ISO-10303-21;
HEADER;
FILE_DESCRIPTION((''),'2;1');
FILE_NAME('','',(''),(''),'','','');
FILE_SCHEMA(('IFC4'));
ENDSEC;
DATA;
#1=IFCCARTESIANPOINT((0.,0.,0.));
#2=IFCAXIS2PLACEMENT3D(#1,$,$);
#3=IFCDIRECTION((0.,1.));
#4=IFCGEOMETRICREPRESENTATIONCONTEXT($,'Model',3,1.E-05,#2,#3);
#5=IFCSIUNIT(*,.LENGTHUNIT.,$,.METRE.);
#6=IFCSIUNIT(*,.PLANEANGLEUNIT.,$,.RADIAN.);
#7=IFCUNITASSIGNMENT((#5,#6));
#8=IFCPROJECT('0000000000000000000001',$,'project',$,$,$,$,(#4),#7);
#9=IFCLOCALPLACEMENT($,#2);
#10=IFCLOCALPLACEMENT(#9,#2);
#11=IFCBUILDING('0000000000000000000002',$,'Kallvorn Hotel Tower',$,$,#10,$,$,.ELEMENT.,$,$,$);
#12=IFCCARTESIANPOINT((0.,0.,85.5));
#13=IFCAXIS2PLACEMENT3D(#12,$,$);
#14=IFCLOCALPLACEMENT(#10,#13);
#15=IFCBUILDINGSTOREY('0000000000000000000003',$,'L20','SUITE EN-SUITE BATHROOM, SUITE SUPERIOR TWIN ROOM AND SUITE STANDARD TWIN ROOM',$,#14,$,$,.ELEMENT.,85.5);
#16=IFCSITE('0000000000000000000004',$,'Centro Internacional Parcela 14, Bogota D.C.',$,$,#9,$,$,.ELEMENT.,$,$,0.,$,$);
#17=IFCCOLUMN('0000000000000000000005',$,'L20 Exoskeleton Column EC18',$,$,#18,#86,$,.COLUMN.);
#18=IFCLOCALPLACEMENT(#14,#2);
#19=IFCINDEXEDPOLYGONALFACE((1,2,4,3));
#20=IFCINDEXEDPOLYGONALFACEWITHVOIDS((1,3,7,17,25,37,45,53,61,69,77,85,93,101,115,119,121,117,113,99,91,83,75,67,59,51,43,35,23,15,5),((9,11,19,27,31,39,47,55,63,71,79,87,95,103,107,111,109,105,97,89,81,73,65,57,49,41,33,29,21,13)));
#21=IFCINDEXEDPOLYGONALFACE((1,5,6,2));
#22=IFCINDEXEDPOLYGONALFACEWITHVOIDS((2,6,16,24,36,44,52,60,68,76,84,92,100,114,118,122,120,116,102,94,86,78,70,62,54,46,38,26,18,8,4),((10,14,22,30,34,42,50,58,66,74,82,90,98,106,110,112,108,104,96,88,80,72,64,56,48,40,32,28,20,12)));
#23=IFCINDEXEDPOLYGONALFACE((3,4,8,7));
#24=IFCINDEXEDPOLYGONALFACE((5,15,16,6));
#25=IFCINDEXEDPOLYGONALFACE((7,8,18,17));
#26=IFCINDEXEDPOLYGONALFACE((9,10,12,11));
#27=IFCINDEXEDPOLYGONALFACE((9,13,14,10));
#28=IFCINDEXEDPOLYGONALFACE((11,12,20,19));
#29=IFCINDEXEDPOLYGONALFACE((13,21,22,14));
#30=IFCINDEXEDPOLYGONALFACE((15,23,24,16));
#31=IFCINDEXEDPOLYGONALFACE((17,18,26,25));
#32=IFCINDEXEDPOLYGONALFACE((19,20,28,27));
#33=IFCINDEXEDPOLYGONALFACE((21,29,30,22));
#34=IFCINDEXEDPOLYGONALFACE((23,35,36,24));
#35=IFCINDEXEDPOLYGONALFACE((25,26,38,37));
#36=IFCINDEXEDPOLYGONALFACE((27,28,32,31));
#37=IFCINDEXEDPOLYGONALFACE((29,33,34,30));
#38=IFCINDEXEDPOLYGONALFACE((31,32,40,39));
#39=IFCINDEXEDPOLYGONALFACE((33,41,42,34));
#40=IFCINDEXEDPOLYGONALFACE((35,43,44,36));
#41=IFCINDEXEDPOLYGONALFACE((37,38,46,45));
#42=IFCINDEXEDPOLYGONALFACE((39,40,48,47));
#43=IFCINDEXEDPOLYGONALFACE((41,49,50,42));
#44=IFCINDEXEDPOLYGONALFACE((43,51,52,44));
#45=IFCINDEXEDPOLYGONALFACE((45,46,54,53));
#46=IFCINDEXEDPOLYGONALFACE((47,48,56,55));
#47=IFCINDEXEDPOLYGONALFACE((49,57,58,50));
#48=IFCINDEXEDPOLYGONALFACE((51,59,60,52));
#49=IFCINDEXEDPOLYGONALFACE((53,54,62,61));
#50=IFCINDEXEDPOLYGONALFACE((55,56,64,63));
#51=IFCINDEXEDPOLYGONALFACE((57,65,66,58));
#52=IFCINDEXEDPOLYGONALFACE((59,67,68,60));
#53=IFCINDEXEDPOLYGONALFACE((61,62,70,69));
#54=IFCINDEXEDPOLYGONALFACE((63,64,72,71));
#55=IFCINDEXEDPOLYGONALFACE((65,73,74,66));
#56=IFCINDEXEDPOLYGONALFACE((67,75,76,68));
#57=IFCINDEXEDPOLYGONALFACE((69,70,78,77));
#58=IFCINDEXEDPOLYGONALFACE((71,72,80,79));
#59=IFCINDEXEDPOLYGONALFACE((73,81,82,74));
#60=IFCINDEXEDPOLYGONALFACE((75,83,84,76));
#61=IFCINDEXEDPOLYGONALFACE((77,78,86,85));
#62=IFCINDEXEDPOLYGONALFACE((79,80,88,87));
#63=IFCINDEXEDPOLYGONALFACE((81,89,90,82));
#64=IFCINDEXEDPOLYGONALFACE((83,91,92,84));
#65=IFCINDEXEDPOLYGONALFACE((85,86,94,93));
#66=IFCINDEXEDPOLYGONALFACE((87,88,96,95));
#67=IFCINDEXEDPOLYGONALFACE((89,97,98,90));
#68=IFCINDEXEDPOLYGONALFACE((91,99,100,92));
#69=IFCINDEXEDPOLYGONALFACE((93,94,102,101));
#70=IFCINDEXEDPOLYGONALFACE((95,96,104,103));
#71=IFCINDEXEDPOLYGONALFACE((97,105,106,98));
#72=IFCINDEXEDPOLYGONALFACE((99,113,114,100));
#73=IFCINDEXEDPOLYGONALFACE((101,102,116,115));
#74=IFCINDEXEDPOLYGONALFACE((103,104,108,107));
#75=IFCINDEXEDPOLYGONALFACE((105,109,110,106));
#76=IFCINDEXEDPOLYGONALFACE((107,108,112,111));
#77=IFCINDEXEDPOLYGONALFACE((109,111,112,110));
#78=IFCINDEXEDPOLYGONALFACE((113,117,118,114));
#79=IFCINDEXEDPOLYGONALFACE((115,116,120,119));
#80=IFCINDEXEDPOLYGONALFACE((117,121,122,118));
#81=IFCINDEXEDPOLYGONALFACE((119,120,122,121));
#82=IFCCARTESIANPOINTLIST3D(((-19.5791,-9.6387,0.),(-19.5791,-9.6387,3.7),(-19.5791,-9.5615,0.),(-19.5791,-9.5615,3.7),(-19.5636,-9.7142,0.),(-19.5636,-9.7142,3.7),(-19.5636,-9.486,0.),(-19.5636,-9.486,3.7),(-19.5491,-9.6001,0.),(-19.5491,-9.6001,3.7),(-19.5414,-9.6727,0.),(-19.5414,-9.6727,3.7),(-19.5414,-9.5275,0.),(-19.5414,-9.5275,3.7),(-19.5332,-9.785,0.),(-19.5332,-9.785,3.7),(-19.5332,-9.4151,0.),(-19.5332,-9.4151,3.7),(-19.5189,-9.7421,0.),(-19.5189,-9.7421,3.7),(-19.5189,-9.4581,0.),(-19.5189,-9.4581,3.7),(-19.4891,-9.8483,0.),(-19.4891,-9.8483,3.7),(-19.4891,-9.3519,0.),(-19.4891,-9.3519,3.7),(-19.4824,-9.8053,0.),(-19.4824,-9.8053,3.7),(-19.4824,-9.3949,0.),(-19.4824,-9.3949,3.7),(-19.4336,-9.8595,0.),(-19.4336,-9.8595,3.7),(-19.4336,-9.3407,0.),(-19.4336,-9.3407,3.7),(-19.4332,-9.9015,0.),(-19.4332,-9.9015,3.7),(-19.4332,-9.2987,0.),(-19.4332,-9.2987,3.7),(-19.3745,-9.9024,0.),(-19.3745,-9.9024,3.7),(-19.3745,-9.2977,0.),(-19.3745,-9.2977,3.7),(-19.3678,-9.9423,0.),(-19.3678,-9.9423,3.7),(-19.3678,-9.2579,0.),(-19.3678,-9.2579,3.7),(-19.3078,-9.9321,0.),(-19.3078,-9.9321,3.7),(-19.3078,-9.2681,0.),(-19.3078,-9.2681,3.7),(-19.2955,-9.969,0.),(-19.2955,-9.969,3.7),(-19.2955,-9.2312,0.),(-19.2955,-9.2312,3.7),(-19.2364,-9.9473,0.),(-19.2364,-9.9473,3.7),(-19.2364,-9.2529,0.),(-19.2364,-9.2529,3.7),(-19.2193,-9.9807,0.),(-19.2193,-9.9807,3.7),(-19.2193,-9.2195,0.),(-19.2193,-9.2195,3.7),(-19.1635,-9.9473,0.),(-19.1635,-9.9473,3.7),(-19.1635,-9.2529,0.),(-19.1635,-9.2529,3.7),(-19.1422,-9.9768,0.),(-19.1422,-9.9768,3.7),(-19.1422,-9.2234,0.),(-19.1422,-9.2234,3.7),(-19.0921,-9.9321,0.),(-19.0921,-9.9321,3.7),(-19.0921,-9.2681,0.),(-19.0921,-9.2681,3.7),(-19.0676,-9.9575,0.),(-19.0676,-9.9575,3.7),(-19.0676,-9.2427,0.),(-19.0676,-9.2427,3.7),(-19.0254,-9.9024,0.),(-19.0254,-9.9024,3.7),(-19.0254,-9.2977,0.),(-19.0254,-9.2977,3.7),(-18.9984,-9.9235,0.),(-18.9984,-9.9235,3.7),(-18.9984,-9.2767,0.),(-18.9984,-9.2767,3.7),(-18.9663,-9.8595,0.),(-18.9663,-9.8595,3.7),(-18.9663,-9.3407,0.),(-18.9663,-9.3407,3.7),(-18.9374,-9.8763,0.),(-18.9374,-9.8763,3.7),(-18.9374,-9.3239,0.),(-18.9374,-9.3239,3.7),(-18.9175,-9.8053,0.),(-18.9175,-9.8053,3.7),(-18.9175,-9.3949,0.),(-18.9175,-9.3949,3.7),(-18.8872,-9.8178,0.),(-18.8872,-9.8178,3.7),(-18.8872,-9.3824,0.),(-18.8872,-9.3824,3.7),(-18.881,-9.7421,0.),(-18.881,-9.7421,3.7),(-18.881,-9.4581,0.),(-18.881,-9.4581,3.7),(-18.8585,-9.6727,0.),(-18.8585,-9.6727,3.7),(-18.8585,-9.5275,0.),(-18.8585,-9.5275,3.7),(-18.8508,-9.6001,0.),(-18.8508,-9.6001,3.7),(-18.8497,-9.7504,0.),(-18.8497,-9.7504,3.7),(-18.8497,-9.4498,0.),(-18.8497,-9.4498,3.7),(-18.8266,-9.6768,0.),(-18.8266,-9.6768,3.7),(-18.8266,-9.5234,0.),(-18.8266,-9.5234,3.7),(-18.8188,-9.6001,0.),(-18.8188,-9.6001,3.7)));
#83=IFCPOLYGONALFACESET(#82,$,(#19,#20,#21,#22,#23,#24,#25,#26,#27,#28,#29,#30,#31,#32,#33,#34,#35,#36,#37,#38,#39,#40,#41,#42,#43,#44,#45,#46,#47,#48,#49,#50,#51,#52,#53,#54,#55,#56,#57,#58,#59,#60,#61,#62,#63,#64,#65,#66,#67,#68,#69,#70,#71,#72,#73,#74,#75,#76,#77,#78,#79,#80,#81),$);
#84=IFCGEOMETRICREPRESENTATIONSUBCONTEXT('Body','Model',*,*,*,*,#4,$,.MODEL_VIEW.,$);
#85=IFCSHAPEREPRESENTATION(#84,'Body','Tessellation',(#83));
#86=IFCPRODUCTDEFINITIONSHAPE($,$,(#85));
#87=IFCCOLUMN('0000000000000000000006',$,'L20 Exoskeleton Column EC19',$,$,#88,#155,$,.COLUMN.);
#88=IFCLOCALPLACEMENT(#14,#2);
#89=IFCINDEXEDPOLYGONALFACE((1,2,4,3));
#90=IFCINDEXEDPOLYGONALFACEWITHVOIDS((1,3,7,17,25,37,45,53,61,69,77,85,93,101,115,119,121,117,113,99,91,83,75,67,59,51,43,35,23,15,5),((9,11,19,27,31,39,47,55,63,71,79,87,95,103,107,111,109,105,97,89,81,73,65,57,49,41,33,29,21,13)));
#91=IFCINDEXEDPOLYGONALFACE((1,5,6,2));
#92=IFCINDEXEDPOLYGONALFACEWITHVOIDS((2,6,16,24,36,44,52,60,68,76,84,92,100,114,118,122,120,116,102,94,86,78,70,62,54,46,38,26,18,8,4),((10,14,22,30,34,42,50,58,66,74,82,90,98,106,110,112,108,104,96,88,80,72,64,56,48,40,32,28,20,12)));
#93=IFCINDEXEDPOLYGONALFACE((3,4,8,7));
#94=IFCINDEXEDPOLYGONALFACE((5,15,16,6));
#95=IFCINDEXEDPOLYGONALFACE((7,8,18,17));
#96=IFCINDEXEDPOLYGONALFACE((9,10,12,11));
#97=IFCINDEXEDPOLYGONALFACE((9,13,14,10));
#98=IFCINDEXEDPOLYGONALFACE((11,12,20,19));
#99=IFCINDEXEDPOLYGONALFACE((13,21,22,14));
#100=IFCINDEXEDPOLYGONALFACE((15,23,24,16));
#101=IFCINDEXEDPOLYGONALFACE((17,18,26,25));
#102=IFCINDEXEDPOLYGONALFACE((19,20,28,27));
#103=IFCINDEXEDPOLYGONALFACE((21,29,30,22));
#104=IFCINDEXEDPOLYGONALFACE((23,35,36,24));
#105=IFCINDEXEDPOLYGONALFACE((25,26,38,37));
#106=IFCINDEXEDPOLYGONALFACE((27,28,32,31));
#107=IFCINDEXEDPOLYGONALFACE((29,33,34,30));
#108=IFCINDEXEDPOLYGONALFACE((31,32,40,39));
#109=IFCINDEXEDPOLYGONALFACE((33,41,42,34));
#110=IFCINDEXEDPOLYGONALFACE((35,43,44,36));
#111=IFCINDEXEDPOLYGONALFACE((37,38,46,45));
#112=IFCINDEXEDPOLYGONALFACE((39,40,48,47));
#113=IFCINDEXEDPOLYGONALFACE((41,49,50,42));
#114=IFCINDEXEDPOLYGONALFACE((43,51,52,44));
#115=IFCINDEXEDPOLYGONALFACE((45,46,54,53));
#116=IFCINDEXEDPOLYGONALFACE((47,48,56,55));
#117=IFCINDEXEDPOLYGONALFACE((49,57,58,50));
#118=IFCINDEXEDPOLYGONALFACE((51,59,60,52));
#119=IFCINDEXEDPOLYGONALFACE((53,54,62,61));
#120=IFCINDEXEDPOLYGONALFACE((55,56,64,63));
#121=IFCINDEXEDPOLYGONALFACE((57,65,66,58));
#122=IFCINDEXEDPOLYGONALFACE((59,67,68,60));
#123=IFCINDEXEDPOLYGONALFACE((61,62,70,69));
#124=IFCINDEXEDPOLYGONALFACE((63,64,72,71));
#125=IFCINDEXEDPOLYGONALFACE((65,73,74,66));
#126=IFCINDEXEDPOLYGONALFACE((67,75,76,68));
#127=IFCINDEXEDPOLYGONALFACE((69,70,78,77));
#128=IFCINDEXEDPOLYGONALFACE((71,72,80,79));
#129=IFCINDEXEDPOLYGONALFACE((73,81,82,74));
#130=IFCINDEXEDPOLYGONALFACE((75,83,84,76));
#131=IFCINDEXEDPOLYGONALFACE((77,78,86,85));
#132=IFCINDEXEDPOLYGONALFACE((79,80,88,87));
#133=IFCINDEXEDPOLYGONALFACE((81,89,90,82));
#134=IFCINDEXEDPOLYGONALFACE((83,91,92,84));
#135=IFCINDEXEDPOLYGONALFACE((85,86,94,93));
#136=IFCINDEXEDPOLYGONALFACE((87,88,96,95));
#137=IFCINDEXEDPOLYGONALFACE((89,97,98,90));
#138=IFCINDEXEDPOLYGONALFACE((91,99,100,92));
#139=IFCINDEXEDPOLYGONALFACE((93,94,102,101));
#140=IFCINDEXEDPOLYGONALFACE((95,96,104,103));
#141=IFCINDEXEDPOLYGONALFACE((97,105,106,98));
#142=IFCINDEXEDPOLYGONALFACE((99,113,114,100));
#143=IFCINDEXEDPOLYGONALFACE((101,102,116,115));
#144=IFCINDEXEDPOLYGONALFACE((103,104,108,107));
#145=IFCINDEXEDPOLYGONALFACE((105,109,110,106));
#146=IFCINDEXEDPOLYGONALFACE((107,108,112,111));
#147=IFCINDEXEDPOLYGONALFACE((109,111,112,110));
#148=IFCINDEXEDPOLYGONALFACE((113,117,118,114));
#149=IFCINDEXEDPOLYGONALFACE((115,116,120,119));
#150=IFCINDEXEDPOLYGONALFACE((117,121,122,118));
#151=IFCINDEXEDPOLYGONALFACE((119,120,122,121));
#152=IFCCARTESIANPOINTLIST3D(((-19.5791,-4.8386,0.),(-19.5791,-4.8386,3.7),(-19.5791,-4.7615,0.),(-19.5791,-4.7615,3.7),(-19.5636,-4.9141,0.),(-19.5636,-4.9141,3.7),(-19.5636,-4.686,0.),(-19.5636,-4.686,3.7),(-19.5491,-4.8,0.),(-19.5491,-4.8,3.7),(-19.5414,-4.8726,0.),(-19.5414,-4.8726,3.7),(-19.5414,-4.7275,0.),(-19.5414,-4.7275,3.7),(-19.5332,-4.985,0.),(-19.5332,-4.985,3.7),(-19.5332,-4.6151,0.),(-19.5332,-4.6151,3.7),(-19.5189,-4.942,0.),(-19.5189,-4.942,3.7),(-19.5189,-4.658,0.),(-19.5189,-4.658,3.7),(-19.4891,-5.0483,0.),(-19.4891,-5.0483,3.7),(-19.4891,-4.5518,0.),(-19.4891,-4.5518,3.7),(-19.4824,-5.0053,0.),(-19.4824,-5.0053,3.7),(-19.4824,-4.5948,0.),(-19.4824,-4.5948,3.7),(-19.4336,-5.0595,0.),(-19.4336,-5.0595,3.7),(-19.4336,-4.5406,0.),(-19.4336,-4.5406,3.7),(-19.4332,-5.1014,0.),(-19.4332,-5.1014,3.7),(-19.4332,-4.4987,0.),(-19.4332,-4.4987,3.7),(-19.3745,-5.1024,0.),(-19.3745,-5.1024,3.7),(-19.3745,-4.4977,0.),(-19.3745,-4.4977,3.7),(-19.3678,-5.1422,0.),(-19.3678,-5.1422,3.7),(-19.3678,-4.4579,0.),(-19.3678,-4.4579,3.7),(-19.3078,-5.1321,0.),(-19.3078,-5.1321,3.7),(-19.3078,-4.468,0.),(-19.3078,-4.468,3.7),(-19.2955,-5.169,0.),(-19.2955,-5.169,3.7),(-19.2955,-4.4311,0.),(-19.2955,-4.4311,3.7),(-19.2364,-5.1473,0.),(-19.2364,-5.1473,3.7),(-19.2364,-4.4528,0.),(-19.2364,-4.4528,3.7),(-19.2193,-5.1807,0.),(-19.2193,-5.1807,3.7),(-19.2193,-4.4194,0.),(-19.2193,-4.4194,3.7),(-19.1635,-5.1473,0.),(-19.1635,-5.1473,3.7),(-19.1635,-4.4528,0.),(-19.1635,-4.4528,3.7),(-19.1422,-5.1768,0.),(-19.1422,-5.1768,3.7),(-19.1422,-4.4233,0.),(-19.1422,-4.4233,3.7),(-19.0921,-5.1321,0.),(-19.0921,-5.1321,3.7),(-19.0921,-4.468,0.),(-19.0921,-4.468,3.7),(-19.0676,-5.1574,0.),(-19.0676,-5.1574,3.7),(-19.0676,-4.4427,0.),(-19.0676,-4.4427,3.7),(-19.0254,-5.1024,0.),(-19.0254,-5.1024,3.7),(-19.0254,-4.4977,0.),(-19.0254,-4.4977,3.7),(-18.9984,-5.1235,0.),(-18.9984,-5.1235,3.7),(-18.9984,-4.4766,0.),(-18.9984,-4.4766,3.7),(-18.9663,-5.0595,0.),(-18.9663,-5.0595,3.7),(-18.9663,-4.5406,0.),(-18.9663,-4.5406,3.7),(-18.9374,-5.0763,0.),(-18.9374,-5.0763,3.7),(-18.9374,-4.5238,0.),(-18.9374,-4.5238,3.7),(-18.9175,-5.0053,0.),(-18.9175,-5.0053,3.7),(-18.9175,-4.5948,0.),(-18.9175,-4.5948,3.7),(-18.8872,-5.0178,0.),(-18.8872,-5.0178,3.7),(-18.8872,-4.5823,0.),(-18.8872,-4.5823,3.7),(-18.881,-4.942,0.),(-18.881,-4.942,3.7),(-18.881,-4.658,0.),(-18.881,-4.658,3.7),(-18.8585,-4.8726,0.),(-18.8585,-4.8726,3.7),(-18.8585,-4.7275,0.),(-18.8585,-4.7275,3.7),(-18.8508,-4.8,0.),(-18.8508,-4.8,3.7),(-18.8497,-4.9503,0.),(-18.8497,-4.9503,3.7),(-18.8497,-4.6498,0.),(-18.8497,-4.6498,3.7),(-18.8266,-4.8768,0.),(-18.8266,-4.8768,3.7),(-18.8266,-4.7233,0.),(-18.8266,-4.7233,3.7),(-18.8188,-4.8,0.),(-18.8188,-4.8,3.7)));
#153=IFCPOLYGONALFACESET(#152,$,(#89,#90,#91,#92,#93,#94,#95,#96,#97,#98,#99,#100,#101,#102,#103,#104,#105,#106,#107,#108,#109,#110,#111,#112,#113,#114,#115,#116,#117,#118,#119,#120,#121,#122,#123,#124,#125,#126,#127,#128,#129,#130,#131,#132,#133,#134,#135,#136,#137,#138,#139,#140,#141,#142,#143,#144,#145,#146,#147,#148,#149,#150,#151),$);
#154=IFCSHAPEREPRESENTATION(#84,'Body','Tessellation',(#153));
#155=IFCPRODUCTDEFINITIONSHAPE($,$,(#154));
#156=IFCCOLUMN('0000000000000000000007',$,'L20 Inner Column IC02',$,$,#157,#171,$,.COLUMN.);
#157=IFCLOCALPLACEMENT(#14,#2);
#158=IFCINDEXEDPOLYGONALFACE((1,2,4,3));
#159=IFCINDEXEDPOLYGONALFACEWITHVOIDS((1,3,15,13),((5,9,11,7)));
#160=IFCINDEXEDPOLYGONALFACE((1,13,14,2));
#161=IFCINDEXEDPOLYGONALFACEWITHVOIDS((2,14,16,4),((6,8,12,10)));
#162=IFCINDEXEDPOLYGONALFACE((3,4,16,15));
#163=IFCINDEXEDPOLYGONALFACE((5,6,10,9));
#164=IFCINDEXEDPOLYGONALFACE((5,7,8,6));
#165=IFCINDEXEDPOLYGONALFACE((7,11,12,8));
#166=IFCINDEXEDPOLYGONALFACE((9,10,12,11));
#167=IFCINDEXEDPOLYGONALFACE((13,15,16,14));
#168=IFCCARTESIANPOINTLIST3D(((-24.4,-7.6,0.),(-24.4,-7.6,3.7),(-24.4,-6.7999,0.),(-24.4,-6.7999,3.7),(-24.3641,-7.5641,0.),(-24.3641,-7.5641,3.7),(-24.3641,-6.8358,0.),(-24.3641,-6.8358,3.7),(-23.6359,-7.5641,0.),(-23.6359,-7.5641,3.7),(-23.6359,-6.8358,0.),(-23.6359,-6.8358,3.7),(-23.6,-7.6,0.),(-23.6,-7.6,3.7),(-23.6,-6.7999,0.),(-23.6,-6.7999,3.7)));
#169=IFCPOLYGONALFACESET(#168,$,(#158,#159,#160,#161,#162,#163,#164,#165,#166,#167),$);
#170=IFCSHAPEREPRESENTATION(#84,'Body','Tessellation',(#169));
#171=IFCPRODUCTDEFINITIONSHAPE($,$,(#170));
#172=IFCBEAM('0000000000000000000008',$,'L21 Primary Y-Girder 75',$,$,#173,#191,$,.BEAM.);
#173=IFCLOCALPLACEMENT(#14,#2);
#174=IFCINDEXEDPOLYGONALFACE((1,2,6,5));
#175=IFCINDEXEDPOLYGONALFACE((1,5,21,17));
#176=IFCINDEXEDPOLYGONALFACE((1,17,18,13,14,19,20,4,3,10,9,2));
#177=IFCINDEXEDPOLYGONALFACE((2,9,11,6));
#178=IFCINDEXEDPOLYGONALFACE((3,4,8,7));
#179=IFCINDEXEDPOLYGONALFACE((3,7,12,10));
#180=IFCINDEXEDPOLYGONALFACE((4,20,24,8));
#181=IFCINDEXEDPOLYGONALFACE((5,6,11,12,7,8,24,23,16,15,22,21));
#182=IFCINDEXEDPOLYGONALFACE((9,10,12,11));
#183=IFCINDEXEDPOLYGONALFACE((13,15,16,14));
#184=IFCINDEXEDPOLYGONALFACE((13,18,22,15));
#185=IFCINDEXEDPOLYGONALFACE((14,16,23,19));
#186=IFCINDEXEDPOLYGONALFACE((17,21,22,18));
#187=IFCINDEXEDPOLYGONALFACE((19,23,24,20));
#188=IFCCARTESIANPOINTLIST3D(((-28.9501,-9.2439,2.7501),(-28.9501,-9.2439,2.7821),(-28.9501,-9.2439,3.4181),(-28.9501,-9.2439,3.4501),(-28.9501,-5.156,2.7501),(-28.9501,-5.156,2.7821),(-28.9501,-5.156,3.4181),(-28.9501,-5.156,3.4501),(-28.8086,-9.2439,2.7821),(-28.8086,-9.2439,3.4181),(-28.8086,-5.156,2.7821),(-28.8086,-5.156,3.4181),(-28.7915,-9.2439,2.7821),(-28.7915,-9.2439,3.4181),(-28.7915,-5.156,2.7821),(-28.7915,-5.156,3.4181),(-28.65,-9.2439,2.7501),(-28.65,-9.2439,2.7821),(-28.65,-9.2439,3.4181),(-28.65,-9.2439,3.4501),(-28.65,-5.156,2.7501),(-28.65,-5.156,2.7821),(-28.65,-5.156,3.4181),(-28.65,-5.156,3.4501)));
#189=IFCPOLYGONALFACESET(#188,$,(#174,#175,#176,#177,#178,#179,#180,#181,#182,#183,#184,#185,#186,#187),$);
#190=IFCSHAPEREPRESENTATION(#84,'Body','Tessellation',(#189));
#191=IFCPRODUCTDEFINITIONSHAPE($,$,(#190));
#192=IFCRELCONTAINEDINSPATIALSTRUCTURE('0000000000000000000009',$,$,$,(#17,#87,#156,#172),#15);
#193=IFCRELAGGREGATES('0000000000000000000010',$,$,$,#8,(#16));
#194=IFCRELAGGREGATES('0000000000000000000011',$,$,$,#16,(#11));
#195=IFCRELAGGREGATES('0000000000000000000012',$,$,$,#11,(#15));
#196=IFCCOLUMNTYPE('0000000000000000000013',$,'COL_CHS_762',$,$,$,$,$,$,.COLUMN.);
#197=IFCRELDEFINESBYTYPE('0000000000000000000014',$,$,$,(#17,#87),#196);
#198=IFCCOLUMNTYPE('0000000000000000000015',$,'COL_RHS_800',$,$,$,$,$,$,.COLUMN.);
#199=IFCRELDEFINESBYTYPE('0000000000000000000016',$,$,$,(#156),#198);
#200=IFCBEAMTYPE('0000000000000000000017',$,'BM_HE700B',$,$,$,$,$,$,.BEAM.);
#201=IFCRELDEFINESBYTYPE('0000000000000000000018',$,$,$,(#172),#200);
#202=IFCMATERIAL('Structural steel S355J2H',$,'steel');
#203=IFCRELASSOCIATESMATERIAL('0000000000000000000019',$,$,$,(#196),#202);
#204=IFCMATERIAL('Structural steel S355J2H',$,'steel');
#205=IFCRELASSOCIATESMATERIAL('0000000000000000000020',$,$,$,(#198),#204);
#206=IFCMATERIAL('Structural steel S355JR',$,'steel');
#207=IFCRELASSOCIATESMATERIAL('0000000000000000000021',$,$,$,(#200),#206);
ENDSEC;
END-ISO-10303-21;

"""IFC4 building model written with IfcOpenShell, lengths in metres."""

from ifc_helpers import new_model, si_unit, direction, frame, origin, origin_2d, place, context, subcontext, project, spatial, hollow_rectangle, hollow_circle, i_section, extrude, material, material_profile, profile_set, type_object, element, save


model = new_model("IFC4")

# Units and contexts
model_context = context("Model", 3, precision=1e-05, world=origin(), true_north=direction((0.0, 1.0)))
body_context = subcontext(model_context, "Body", "Model", "MODEL_VIEW")
ifc_project = project(units=[si_unit("LENGTHUNIT", "METRE"), si_unit("PLANEANGLEUNIT", "RADIAN")], contexts=[model_context])

# Site, building, storey
site_placement = place(None, origin())
site = spatial("IfcSite", under=ifc_project, at=site_placement, Name="Centro Internacional Parcela 14, Bogota D.C.", CompositionType="ELEMENT", RefElevation=0.0)
building_placement = place(site_placement, origin())
building = spatial("IfcBuilding", under=site, at=building_placement, Name="Kallvorn Hotel Tower", CompositionType="ELEMENT")
storey_placement = place(building_placement, frame((0.0, 0.0, 85.5)))
storey = spatial("IfcBuildingStorey", under=building, at=storey_placement, Name="L20", Description="SUITE EN-SUITE BATHROOM, SUITE SUPERIOR TWIN ROOM AND SUITE STANDARD TWIN ROOM", CompositionType="ELEMENT", Elevation=85.5)

# Columns
ifc_material_1 = material(Name="Structural steel S355J2H", Category="steel")
ifc_material_profile_1 = material_profile(ifc_material_1, hollow_circle(Radius=0.3811, WallThickness=0.032, at=origin_2d()), Name="CHS 762x32")
ifc_profile_set_1 = profile_set([ifc_material_profile_1], Name="Structural steel S355J2H")
column_type_1 = type_object("IfcColumnType", Name="COL_CHS_762", PredefinedType="COLUMN", material=ifc_profile_set_1)
for number, where, z_axis, x_axis, name in (
    (1, (-19.2, -9.6001, 0.0), (0.0, 0.0, 1.0), (1.0, 0.0, 0.0), "L20 Exoskeleton Column EC18"),
    (2, (-19.2, -4.8, 0.0), (0.0, 0.0, 1.0), (1.0, 0.0, 0.0), "L20 Exoskeleton Column EC19"),
):
    element("IfcColumn", number, at=place(storey_placement, frame(where, z_axis=z_axis, x_axis=x_axis)), inside=storey, type_object=column_type_1, Name=name, PredefinedType="COLUMN", context=body_context, shape_type="SweptSolid", body=[
        extrude(hollow_circle(Radius=0.3811, WallThickness=0.032, at=origin_2d()), origin(), (0.0, 0.0, 1.0), 3.7),
    ])
ifc_material_2 = material(Name="Structural steel S355J2H", Category="steel")
ifc_material_profile_2 = material_profile(ifc_material_2, hollow_rectangle(XDim=0.8, YDim=0.8, WallThickness=0.0359, at=origin_2d()), Name="RHS 800x800x36")
ifc_profile_set_2 = profile_set([ifc_material_profile_2], Name="Structural steel S355J2H")
column_type_2 = type_object("IfcColumnType", Name="COL_RHS_800", PredefinedType="COLUMN", material=ifc_profile_set_2)
column_placement = place(storey_placement, frame((-24.0, -7.2, 0.0), z_axis=(0.0, 0.0, 1.0), x_axis=(1.0, 0.0, 0.0)))
element("IfcColumn", 3, at=column_placement, inside=storey, type_object=column_type_2, Name="L20 Inner Column IC02", PredefinedType="COLUMN", context=body_context, shape_type="SweptSolid", body=[
    extrude(hollow_rectangle(XDim=0.8, YDim=0.8, WallThickness=0.0359, at=origin_2d()), origin(), (0.0, 0.0, 1.0), 3.7),
])

# Beam
ifc_material_3 = material(Name="Structural steel S355JR", Category="steel")
ifc_material_profile_3 = material_profile(ifc_material_3, i_section(OverallWidth=0.3, OverallDepth=0.7, WebThickness=0.0171, FlangeThickness=0.032, at=origin_2d()), Name="HE 700 B")
ifc_profile_set_3 = profile_set([ifc_material_profile_3], Name="Structural steel S355JR")
beam_type_1 = type_object("IfcBeamType", Name="BM_HE700B", PredefinedType="BEAM", material=ifc_profile_set_3)
beam_1_placement = place(storey_placement, frame((-28.8, -9.2439, 3.1001), z_axis=(0.0, 1.0, 0.0), x_axis=(-1.0, 0.0, 0.0)))
element("IfcBeam", 4, at=beam_1_placement, inside=storey, type_object=beam_type_1, Name="L21 Primary Y-Girder 75", PredefinedType="BEAM", context=body_context, shape_type="SweptSolid", body=[
    extrude(i_section(OverallWidth=0.3, OverallDepth=0.7, WebThickness=0.0171, FlangeThickness=0.032, at=origin_2d()), origin(), (0.0, 0.0, 1.0), 4.0879),
])

save(model, "model.ifc")
